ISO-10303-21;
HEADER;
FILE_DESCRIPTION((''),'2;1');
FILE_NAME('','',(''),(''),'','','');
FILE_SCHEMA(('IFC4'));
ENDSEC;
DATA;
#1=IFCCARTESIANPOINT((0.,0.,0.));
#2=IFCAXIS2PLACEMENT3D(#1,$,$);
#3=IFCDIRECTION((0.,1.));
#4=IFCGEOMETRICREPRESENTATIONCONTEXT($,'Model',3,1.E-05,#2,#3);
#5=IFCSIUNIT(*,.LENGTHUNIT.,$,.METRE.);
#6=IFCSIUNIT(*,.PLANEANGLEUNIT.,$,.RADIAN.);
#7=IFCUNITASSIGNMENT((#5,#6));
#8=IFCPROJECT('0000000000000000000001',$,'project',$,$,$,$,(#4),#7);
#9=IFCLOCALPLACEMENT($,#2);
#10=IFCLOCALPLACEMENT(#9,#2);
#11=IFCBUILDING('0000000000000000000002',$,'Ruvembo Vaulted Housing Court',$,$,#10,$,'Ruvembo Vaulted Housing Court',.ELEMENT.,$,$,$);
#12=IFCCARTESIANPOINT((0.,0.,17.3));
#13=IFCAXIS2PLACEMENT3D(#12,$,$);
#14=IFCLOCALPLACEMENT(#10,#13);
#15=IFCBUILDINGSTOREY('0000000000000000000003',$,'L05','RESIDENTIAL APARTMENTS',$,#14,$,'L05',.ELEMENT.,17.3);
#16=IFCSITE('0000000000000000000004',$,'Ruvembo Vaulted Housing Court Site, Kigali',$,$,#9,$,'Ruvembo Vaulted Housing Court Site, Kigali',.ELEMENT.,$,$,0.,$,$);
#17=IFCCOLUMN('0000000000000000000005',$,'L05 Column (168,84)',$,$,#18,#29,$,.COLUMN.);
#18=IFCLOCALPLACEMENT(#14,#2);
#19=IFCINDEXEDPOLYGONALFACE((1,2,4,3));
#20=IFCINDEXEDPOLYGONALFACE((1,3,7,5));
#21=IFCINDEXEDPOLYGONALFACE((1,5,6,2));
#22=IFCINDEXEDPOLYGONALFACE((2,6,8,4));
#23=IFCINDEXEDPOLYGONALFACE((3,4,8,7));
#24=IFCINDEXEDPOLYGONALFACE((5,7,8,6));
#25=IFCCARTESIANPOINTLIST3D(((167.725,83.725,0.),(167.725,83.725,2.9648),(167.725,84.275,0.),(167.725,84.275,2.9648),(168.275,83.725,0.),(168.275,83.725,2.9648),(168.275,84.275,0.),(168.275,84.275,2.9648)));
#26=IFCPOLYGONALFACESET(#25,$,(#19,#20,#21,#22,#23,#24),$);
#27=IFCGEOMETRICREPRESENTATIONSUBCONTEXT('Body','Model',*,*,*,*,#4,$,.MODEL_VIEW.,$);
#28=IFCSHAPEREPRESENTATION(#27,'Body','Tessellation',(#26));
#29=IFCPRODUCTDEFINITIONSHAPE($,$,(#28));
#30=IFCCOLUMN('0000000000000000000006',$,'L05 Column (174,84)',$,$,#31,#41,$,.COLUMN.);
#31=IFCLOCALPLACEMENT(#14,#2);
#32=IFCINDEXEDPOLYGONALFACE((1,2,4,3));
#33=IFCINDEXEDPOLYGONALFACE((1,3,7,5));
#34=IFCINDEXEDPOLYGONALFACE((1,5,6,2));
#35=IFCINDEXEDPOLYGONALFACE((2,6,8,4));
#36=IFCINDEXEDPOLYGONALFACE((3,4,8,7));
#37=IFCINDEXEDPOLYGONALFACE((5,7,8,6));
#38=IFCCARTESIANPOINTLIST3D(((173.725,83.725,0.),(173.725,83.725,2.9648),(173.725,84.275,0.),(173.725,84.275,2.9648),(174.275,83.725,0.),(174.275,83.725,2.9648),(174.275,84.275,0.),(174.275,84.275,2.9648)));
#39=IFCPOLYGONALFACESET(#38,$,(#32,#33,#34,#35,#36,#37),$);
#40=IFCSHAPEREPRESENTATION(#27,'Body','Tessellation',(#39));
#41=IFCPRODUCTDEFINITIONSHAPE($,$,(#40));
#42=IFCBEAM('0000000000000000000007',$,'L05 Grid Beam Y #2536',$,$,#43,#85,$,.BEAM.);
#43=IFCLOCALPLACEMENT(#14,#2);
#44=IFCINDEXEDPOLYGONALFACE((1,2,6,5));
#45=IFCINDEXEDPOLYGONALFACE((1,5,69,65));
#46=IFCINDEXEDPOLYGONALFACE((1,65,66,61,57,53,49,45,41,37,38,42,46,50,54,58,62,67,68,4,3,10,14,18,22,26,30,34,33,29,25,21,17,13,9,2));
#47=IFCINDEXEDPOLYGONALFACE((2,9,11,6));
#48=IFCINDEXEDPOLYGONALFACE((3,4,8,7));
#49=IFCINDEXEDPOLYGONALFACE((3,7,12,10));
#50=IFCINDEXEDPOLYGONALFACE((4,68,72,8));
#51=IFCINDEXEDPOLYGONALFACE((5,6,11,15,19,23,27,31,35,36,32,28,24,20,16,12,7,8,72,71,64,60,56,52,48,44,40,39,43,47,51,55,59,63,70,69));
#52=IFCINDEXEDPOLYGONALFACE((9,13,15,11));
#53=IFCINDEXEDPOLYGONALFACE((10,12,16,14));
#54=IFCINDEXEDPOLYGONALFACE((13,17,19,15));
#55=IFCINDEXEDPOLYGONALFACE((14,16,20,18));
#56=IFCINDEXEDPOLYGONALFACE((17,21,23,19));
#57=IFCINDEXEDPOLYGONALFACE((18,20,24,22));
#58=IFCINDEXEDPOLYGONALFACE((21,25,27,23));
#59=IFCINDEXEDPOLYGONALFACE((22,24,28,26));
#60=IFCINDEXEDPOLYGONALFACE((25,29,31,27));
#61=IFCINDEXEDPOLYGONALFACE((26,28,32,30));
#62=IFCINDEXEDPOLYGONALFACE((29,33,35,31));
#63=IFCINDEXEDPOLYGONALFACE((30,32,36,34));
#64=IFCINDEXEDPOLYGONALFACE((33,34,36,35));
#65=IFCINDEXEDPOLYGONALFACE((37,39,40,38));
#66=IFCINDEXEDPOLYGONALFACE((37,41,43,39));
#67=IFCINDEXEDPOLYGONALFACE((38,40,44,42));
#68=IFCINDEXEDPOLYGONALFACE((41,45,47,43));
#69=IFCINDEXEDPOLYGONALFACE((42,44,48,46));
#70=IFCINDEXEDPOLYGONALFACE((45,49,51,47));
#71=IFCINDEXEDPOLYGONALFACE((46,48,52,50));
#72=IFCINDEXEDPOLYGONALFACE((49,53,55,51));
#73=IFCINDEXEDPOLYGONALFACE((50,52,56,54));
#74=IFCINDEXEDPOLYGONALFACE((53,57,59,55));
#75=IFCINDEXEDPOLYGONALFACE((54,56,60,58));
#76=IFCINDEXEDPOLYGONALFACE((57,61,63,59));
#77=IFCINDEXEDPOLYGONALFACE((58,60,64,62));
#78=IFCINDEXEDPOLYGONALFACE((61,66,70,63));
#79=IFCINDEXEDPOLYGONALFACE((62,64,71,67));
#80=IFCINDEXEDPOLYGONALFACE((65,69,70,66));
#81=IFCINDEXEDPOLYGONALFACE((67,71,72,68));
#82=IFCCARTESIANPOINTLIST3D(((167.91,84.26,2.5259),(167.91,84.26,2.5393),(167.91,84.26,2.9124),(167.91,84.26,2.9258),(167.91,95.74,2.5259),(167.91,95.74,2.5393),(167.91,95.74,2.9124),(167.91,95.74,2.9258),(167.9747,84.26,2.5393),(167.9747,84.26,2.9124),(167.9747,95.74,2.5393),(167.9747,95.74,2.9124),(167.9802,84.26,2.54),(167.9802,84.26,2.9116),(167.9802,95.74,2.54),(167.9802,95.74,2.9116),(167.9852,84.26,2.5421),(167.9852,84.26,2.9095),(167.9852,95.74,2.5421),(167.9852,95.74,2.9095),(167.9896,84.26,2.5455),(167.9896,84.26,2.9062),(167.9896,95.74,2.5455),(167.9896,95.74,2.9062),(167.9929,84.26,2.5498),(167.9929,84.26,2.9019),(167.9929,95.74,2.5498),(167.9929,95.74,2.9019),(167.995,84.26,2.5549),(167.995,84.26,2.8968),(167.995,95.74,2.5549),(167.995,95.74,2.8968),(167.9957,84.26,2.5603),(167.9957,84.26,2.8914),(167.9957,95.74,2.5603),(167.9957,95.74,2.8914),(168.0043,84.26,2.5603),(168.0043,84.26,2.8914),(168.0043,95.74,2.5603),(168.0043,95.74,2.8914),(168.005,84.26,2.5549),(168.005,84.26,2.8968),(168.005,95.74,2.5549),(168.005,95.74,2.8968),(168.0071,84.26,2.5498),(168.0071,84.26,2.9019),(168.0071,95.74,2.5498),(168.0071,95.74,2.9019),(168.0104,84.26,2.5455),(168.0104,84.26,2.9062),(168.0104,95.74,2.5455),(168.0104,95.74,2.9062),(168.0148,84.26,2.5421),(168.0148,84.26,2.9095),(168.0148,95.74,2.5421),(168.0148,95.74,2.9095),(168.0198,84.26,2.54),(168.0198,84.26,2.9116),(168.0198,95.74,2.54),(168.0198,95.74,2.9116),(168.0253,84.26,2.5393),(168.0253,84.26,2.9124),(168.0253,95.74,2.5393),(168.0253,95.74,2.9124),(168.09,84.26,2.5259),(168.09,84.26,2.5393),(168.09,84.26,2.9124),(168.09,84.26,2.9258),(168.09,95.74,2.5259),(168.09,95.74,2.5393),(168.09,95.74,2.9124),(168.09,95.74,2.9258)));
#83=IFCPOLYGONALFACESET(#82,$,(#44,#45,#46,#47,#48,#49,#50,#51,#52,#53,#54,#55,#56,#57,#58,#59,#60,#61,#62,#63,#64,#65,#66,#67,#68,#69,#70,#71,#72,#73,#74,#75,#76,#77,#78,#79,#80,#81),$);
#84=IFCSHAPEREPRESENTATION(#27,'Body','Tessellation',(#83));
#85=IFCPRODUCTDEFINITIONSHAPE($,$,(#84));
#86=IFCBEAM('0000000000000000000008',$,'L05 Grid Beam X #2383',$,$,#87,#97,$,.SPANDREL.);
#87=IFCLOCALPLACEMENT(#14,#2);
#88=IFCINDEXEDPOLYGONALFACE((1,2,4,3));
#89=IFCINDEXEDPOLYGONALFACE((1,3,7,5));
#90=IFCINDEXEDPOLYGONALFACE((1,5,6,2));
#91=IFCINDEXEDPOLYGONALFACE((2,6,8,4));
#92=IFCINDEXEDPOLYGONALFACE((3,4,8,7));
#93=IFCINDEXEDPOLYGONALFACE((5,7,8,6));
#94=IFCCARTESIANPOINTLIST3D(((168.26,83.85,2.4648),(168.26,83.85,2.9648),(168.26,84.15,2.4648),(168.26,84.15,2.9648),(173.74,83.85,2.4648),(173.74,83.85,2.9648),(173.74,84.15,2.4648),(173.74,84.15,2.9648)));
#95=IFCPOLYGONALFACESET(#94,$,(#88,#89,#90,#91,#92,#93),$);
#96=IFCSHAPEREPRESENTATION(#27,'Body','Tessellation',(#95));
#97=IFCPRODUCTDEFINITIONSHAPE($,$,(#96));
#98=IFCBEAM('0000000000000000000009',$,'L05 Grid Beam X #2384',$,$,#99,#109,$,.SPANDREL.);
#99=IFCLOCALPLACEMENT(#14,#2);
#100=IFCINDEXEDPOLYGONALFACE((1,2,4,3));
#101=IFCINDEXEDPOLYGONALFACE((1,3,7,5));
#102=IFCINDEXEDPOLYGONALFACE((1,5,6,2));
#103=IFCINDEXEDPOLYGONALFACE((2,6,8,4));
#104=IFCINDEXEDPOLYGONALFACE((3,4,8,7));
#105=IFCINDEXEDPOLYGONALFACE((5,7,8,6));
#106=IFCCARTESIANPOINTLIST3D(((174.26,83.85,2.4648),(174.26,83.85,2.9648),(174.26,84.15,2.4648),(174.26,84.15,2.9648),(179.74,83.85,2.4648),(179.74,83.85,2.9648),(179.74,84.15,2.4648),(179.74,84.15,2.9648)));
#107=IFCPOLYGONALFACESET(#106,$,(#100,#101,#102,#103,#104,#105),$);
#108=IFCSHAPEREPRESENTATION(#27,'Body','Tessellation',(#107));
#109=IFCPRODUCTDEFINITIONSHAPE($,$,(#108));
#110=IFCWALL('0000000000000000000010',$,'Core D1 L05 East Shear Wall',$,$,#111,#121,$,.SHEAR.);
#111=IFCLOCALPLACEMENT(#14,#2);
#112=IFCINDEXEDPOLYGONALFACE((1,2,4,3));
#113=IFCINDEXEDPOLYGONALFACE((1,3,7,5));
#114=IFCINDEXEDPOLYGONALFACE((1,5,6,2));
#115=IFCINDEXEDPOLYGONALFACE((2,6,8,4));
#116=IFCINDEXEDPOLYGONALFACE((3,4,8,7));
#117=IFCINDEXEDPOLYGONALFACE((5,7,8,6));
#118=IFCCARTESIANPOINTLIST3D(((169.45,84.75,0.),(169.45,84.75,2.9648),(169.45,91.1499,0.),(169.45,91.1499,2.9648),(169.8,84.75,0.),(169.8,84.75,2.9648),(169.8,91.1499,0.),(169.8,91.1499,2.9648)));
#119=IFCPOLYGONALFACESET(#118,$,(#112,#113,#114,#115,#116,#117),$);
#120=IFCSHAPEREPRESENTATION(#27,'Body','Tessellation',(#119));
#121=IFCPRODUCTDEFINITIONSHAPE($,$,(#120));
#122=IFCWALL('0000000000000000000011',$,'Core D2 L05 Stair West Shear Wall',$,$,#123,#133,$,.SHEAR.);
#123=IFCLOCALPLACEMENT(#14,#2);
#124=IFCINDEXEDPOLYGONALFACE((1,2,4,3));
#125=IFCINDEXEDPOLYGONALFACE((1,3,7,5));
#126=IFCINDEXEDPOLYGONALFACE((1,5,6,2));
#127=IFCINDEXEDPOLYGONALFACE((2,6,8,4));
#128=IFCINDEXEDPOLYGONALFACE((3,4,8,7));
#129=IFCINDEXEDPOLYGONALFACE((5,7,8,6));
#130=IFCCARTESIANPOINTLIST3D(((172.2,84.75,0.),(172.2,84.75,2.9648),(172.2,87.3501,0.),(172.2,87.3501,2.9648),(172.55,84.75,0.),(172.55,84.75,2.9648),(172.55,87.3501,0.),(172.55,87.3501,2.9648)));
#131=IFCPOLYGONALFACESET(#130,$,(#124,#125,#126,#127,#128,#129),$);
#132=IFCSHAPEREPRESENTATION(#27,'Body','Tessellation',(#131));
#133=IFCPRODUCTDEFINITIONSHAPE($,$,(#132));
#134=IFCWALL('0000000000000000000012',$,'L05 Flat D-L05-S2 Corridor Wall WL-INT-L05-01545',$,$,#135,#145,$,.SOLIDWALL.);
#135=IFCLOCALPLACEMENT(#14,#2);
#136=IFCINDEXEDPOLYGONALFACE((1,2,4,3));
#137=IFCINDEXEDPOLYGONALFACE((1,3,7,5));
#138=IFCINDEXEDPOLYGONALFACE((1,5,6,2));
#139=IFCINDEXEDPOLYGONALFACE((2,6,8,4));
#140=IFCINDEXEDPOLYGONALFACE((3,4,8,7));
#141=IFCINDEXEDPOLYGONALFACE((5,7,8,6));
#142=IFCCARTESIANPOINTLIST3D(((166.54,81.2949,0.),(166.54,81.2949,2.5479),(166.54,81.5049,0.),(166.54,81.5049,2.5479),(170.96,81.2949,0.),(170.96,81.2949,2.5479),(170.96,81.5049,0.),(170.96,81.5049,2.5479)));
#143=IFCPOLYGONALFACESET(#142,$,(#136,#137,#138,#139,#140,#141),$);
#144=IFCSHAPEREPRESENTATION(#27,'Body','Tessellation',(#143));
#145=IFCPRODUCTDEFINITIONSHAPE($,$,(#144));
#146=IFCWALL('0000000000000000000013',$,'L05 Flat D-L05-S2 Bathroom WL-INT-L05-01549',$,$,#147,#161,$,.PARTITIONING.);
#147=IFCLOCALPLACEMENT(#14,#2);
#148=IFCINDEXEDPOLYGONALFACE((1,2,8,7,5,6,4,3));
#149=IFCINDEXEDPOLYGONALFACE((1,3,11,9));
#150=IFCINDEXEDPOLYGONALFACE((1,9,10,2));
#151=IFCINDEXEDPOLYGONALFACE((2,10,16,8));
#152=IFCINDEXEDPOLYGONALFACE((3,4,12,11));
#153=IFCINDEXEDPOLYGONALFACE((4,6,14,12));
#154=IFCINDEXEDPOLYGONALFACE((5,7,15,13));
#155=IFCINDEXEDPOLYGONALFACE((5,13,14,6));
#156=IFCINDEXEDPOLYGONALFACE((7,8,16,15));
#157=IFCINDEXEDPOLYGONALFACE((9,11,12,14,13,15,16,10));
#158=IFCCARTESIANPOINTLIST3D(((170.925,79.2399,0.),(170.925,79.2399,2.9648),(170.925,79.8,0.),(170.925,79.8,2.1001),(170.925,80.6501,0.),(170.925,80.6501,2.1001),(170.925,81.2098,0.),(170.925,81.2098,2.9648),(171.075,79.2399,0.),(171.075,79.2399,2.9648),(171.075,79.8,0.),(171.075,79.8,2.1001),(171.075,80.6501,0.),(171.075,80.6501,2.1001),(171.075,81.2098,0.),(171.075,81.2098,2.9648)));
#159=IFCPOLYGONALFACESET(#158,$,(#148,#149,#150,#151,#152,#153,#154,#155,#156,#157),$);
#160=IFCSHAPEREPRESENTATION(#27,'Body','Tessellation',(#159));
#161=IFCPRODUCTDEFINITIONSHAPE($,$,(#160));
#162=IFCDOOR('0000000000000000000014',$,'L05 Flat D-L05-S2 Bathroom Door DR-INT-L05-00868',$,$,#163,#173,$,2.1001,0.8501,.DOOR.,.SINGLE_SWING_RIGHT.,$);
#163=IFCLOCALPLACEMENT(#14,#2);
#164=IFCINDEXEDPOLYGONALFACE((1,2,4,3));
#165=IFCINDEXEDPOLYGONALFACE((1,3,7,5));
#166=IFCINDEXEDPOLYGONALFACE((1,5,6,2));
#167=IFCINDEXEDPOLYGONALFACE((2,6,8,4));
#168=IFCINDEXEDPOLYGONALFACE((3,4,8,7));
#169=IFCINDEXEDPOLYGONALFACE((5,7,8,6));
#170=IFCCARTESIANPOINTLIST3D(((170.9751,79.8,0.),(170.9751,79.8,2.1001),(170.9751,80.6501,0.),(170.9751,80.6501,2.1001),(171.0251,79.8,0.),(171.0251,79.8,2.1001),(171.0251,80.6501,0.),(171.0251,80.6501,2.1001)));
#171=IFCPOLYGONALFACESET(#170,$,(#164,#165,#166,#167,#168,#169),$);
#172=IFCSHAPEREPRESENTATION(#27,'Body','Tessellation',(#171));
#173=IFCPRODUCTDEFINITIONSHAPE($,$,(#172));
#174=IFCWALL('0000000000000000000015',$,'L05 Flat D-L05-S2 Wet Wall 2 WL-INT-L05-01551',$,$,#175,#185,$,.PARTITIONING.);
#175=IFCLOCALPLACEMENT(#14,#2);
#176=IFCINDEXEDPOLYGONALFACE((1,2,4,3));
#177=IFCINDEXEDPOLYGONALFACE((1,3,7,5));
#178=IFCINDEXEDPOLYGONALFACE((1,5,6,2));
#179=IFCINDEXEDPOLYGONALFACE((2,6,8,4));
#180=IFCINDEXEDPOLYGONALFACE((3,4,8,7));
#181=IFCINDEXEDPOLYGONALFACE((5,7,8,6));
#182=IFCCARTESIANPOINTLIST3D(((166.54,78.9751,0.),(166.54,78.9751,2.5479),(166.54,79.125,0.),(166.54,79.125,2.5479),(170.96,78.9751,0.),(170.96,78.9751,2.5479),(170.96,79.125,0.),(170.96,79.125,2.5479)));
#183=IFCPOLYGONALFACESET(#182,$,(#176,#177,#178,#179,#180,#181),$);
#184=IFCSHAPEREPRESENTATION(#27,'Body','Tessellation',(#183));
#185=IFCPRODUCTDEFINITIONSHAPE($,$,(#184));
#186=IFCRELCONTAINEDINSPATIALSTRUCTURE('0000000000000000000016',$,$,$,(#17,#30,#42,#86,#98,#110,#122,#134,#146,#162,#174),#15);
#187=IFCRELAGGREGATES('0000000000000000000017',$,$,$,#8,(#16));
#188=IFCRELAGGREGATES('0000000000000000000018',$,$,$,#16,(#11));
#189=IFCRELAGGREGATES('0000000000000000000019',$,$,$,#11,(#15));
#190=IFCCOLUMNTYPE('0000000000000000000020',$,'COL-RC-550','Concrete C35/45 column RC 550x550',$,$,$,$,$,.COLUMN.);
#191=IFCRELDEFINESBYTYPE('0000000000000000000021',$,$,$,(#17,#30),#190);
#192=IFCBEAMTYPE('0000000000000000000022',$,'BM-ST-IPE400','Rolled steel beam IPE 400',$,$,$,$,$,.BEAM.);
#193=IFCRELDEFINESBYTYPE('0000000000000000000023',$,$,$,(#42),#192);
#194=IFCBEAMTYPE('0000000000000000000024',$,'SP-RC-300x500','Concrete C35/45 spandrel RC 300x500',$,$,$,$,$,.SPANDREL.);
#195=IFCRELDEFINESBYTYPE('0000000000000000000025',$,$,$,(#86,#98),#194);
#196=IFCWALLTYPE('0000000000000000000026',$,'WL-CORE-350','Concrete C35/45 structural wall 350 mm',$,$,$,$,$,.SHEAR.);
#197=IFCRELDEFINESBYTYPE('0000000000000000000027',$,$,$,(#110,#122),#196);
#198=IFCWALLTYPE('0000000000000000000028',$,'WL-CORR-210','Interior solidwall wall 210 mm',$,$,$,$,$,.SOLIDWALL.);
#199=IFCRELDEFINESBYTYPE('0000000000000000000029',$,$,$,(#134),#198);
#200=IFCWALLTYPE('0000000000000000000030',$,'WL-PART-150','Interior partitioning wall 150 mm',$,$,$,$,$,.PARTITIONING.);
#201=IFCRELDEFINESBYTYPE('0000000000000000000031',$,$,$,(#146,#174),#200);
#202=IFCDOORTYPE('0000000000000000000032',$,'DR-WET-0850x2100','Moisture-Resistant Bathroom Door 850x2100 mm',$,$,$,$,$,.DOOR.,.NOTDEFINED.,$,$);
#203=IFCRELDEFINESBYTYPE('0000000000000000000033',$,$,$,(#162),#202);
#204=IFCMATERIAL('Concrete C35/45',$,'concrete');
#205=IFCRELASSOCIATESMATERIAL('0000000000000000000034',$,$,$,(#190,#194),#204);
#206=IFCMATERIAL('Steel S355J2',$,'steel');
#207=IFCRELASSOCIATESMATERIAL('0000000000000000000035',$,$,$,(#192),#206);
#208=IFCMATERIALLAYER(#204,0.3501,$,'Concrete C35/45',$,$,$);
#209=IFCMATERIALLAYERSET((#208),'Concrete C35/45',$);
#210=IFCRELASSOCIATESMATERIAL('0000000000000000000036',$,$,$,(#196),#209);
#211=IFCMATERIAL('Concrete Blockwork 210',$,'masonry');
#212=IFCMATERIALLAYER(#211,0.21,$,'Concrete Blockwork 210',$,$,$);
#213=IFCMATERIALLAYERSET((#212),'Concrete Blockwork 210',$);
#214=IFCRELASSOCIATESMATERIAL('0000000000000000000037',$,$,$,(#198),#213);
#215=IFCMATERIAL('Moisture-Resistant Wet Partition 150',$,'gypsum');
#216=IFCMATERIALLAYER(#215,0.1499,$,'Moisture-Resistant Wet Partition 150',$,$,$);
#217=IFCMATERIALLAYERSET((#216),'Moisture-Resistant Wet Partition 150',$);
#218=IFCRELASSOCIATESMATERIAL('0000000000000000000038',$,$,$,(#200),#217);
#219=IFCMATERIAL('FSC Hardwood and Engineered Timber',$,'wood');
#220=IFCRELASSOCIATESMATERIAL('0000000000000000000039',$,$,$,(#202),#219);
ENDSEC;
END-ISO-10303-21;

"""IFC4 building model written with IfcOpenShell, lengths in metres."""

from ifc_helpers import new_model, si_unit, direction, frame, frame_2d, origin, origin_2d, place, context, subcontext, project, spatial, rectangle, i_section, extrude, material, layer, layer_set, material_profile, profile_set, type_object, element, fill, save


model = new_model("IFC4")

# Units and contexts
model_context = context("Model", 3, precision=1e-05, world=origin(), true_north=direction((0.0, 1.0)))
body_context = subcontext(model_context, "Body", "Model", "MODEL_VIEW")
ifc_project = project(units=[si_unit("LENGTHUNIT", "METRE"), si_unit("PLANEANGLEUNIT", "RADIAN")], contexts=[model_context])

# Site, building, storey
site_placement = place(None, origin())
site = spatial("IfcSite", under=ifc_project, at=site_placement, Name="Ruvembo Vaulted Housing Court Site, Kigali", LongName="Ruvembo Vaulted Housing Court Site, Kigali", CompositionType="ELEMENT", RefElevation=0.0)
building_placement = place(site_placement, origin())
building = spatial("IfcBuilding", under=site, at=building_placement, Name="Ruvembo Vaulted Housing Court", LongName="Ruvembo Vaulted Housing Court", CompositionType="ELEMENT")
storey_placement = place(building_placement, frame((0.0, 0.0, 17.3)))
storey = spatial("IfcBuildingStorey", under=building, at=storey_placement, Name="L05", Description="RESIDENTIAL APARTMENTS", LongName="L05", CompositionType="ELEMENT", Elevation=17.3)

# Columns
ifc_material_1 = material(Name="Concrete C35/45", Category="concrete")
ifc_material_profile_1 = material_profile(ifc_material_1, rectangle(XDim=0.55, YDim=0.55, at=origin_2d()), Name="RC 550x550")
ifc_profile_set_1 = profile_set([ifc_material_profile_1], Name="Concrete C35/45")
column_type = type_object("IfcColumnType", Name="COL-RC-550", Description="Concrete C35/45 column RC 550x550", PredefinedType="COLUMN", material=ifc_profile_set_1)
for number, where, z_axis, x_axis, name in (
    (1, (168.0, 84.0, 0.0), (0.0, 0.0, 1.0), (1.0, 0.0, 0.0), "L05 Column (168,84)"),
    (2, (174.0, 84.0, 0.0), (0.0, 0.0, 1.0), (1.0, 0.0, 0.0), "L05 Column (174,84)"),
):
    element("IfcColumn", number, at=place(storey_placement, frame(where, z_axis=z_axis, x_axis=x_axis)), inside=storey, type_object=column_type, Name=name, PredefinedType="COLUMN", context=body_context, shape_type="SweptSolid", body=[
        extrude(rectangle(XDim=0.55, YDim=0.55, at=origin_2d()), origin(), (0.0, 0.0, 1.0), 2.9648),
    ])

# Beams
ifc_material_2 = material(Name="Steel S355J2", Category="steel")
ifc_material_profile_2 = material_profile(ifc_material_2, i_section(OverallWidth=0.1799, OverallDepth=0.3999, WebThickness=0.0085, FlangeThickness=0.0134, FilletRadius=0.021, at=origin_2d()), Name="IPE 400")
ifc_profile_set_2 = profile_set([ifc_material_profile_2], Name="Steel S355J2")
beam_type_1 = type_object("IfcBeamType", Name="BM-ST-IPE400", Description="Rolled steel beam IPE 400", PredefinedType="BEAM", material=ifc_profile_set_2)
beam_placement = place(storey_placement, frame((168.0, 84.26, 2.7258), z_axis=(0.0, 1.0, 0.0), x_axis=(-1.0, 0.0, 0.0)))
element("IfcBeam", 3, at=beam_placement, inside=storey, type_object=beam_type_1, Name="L05 Grid Beam Y #2536", PredefinedType="BEAM", context=body_context, shape_type="SweptSolid", body=[
    extrude(i_section(OverallWidth=0.1799, OverallDepth=0.3999, WebThickness=0.0085, FlangeThickness=0.0134, FilletRadius=0.021, at=origin_2d()), origin(), (0.0, 0.0, 1.0), 11.48),
])
ifc_material_profile_3 = material_profile(ifc_material_1, rectangle(XDim=0.3, YDim=0.5, at=origin_2d()), Name="RC 300x500")
ifc_profile_set_3 = profile_set([ifc_material_profile_3], Name="Concrete C35/45")
beam_type_2 = type_object("IfcBeamType", Name="SP-RC-300x500", Description="Concrete C35/45 spandrel RC 300x500", PredefinedType="SPANDREL", material=ifc_profile_set_3)
for number, where, z_axis, x_axis, name in (
    (4, (168.26, 84.0, 2.7148), (1.0, 0.0, 0.0), (0.0, 1.0, 0.0), "L05 Grid Beam X #2383"),
    (5, (174.26, 84.0, 2.7148), (1.0, 0.0, 0.0), (0.0, 1.0, 0.0), "L05 Grid Beam X #2384"),
):
    element("IfcBeam", number, at=place(storey_placement, frame(where, z_axis=z_axis, x_axis=x_axis)), inside=storey, type_object=beam_type_2, Name=name, PredefinedType="SPANDREL", context=body_context, shape_type="SweptSolid", body=[
        extrude(rectangle(XDim=0.3, YDim=0.5, at=origin_2d()), origin(), (0.0, 0.0, 1.0), 5.48),
    ])

# Wall
ifc_layer_1 = layer(ifc_material_1, 0.3501, Name="Concrete C35/45")
ifc_layer_set_1 = layer_set([ifc_layer_1], Name="Concrete C35/45")
wall_type_1 = type_object("IfcWallType", Name="WL-CORE-350", Description="Concrete C35/45 structural wall 350 mm", PredefinedType="SHEAR", material=ifc_layer_set_1)
wall_1_placement = place(storey_placement, frame((169.625, 84.75, 0.0), z_axis=(0.0, 0.0, 1.0), x_axis=(0.0, 1.0, 0.0)))
element("IfcWall", 6, at=wall_1_placement, inside=storey, type_object=wall_type_1, Name="Core D1 L05 East Shear Wall", PredefinedType="SHEAR", context=body_context, shape_type="SweptSolid", body=[
    extrude(rectangle(XDim=6.3999, YDim=0.3501, at=frame_2d((3.2, 0.0))), origin(), (0.0, 0.0, 1.0), 2.9648),
])

# Walls
wall_2_placement = place(storey_placement, frame((172.375, 87.3501, 0.0), z_axis=(0.0, 0.0, 1.0), x_axis=(0.0, -1.0, 0.0)))
element("IfcWall", 7, at=wall_2_placement, inside=storey, type_object=wall_type_1, Name="Core D2 L05 Stair West Shear Wall", PredefinedType="SHEAR", context=body_context, shape_type="SweptSolid", body=[
    extrude(rectangle(XDim=2.6001, YDim=0.3501, at=frame_2d((1.3, 0.0))), origin(), (0.0, 0.0, 1.0), 2.9648),
])
ifc_material_3 = material(Name="Concrete Blockwork 210", Category="masonry")
ifc_layer_2 = layer(ifc_material_3, 0.21, Name="Concrete Blockwork 210")
ifc_layer_set_2 = layer_set([ifc_layer_2], Name="Concrete Blockwork 210")
wall_type_2 = type_object("IfcWallType", Name="WL-CORR-210", Description="Interior solidwall wall 210 mm", PredefinedType="SOLIDWALL", material=ifc_layer_set_2)
wall_3_placement = place(storey_placement, frame((166.54, 81.3999, 0.0), z_axis=(0.0, 0.0, 1.0), x_axis=(1.0, 0.0, 0.0)))
element("IfcWall", 8, at=wall_3_placement, inside=storey, type_object=wall_type_2, Name="L05 Flat D-L05-S2 Corridor Wall WL-INT-L05-01545", PredefinedType="SOLIDWALL", context=body_context, shape_type="SweptSolid", body=[
    extrude(rectangle(XDim=4.4199, YDim=0.21, at=frame_2d((2.21, 0.0))), origin(), (0.0, 0.0, 1.0), 2.5479),
])

# Wall, opening, door
ifc_material_4 = material(Name="FSC Hardwood and Engineered Timber", Category="wood")
ifc_material_5 = material(Name="Moisture-Resistant Wet Partition 150", Category="gypsum")
ifc_layer_3 = layer(ifc_material_5, 0.1499, Name="Moisture-Resistant Wet Partition 150")
ifc_layer_set_3 = layer_set([ifc_layer_3], Name="Moisture-Resistant Wet Partition 150")
wall_type_3 = type_object("IfcWallType", Name="WL-PART-150", Description="Interior partitioning wall 150 mm", PredefinedType="PARTITIONING", material=ifc_layer_set_3)
wall_4_placement = place(storey_placement, frame((171.0, 79.24, 0.0), z_axis=(0.0, 0.0, 1.0), x_axis=(0.0, 1.0, 0.0)))
wall_4 = element("IfcWall", 9, at=wall_4_placement, inside=storey, type_object=wall_type_3, Name="L05 Flat D-L05-S2 Bathroom WL-INT-L05-01549", PredefinedType="PARTITIONING", context=body_context, shape_type="SweptSolid", body=[
    extrude(rectangle(XDim=1.97, YDim=0.1499, at=frame_2d((0.9849, 0.0))), origin(), (0.0, 0.0, 1.0), 2.9648),
])
opening_1_placement = place(wall_4_placement, frame((0.5601, 0.0, 0.0)))
opening_1 = element("IfcOpeningElement", 10, at=opening_1_placement, cuts=wall_4, PredefinedType="OPENING", context=body_context, shape_type="SweptSolid", body=[
    extrude(rectangle(XDim=0.8501, YDim=2.1001, at=frame_2d((0.425, 1.05))), frame((0.0, 0.085, 0.0), z_axis=(0.0, -1.0, 0.0), x_axis=(1.0, 0.0, 0.0)), (0.0, 0.0, 1.0), 0.1699),
])
door_type_1 = type_object("IfcDoorType", Name="DR-WET-0850x2100", Description="Moisture-Resistant Bathroom Door 850x2100 mm", OperationType="NOTDEFINED", PredefinedType="DOOR", material=ifc_material_4)
door_1_placement = place(opening_1_placement, origin())
door_1 = element("IfcDoor", 11, at=door_1_placement, inside=storey, type_object=door_type_1, Name="L05 Flat D-L05-S2 Bathroom Door DR-INT-L05-00868", OperationType="SINGLE_SWING_RIGHT", OverallHeight=2.1001, OverallWidth=0.8501, PredefinedType="DOOR", context=body_context, shape_type="SweptSolid", body=[
    extrude(rectangle(XDim=0.8501, YDim=2.1001, at=frame_2d((0.425, 1.05))), frame((0.0, 0.0249, 0.0), z_axis=(0.0, -1.0, 0.0), x_axis=(1.0, 0.0, 0.0)), (0.0, 0.0, 1.0), 0.05),
])
fill(opening_1, door_1)

# Wall
wall_5_placement = place(storey_placement, frame((166.54, 79.05, 0.0), z_axis=(0.0, 0.0, 1.0), x_axis=(1.0, 0.0, 0.0)))
element("IfcWall", 12, at=wall_5_placement, inside=storey, type_object=wall_type_3, Name="L05 Flat D-L05-S2 Wet Wall 2 WL-INT-L05-01551", PredefinedType="PARTITIONING", context=body_context, shape_type="SweptSolid", body=[
    extrude(rectangle(XDim=4.4199, YDim=0.1499, at=frame_2d((2.21, 0.0))), origin(), (0.0, 0.0, 1.0), 2.5479),
])

save(model, "model.ifc")
